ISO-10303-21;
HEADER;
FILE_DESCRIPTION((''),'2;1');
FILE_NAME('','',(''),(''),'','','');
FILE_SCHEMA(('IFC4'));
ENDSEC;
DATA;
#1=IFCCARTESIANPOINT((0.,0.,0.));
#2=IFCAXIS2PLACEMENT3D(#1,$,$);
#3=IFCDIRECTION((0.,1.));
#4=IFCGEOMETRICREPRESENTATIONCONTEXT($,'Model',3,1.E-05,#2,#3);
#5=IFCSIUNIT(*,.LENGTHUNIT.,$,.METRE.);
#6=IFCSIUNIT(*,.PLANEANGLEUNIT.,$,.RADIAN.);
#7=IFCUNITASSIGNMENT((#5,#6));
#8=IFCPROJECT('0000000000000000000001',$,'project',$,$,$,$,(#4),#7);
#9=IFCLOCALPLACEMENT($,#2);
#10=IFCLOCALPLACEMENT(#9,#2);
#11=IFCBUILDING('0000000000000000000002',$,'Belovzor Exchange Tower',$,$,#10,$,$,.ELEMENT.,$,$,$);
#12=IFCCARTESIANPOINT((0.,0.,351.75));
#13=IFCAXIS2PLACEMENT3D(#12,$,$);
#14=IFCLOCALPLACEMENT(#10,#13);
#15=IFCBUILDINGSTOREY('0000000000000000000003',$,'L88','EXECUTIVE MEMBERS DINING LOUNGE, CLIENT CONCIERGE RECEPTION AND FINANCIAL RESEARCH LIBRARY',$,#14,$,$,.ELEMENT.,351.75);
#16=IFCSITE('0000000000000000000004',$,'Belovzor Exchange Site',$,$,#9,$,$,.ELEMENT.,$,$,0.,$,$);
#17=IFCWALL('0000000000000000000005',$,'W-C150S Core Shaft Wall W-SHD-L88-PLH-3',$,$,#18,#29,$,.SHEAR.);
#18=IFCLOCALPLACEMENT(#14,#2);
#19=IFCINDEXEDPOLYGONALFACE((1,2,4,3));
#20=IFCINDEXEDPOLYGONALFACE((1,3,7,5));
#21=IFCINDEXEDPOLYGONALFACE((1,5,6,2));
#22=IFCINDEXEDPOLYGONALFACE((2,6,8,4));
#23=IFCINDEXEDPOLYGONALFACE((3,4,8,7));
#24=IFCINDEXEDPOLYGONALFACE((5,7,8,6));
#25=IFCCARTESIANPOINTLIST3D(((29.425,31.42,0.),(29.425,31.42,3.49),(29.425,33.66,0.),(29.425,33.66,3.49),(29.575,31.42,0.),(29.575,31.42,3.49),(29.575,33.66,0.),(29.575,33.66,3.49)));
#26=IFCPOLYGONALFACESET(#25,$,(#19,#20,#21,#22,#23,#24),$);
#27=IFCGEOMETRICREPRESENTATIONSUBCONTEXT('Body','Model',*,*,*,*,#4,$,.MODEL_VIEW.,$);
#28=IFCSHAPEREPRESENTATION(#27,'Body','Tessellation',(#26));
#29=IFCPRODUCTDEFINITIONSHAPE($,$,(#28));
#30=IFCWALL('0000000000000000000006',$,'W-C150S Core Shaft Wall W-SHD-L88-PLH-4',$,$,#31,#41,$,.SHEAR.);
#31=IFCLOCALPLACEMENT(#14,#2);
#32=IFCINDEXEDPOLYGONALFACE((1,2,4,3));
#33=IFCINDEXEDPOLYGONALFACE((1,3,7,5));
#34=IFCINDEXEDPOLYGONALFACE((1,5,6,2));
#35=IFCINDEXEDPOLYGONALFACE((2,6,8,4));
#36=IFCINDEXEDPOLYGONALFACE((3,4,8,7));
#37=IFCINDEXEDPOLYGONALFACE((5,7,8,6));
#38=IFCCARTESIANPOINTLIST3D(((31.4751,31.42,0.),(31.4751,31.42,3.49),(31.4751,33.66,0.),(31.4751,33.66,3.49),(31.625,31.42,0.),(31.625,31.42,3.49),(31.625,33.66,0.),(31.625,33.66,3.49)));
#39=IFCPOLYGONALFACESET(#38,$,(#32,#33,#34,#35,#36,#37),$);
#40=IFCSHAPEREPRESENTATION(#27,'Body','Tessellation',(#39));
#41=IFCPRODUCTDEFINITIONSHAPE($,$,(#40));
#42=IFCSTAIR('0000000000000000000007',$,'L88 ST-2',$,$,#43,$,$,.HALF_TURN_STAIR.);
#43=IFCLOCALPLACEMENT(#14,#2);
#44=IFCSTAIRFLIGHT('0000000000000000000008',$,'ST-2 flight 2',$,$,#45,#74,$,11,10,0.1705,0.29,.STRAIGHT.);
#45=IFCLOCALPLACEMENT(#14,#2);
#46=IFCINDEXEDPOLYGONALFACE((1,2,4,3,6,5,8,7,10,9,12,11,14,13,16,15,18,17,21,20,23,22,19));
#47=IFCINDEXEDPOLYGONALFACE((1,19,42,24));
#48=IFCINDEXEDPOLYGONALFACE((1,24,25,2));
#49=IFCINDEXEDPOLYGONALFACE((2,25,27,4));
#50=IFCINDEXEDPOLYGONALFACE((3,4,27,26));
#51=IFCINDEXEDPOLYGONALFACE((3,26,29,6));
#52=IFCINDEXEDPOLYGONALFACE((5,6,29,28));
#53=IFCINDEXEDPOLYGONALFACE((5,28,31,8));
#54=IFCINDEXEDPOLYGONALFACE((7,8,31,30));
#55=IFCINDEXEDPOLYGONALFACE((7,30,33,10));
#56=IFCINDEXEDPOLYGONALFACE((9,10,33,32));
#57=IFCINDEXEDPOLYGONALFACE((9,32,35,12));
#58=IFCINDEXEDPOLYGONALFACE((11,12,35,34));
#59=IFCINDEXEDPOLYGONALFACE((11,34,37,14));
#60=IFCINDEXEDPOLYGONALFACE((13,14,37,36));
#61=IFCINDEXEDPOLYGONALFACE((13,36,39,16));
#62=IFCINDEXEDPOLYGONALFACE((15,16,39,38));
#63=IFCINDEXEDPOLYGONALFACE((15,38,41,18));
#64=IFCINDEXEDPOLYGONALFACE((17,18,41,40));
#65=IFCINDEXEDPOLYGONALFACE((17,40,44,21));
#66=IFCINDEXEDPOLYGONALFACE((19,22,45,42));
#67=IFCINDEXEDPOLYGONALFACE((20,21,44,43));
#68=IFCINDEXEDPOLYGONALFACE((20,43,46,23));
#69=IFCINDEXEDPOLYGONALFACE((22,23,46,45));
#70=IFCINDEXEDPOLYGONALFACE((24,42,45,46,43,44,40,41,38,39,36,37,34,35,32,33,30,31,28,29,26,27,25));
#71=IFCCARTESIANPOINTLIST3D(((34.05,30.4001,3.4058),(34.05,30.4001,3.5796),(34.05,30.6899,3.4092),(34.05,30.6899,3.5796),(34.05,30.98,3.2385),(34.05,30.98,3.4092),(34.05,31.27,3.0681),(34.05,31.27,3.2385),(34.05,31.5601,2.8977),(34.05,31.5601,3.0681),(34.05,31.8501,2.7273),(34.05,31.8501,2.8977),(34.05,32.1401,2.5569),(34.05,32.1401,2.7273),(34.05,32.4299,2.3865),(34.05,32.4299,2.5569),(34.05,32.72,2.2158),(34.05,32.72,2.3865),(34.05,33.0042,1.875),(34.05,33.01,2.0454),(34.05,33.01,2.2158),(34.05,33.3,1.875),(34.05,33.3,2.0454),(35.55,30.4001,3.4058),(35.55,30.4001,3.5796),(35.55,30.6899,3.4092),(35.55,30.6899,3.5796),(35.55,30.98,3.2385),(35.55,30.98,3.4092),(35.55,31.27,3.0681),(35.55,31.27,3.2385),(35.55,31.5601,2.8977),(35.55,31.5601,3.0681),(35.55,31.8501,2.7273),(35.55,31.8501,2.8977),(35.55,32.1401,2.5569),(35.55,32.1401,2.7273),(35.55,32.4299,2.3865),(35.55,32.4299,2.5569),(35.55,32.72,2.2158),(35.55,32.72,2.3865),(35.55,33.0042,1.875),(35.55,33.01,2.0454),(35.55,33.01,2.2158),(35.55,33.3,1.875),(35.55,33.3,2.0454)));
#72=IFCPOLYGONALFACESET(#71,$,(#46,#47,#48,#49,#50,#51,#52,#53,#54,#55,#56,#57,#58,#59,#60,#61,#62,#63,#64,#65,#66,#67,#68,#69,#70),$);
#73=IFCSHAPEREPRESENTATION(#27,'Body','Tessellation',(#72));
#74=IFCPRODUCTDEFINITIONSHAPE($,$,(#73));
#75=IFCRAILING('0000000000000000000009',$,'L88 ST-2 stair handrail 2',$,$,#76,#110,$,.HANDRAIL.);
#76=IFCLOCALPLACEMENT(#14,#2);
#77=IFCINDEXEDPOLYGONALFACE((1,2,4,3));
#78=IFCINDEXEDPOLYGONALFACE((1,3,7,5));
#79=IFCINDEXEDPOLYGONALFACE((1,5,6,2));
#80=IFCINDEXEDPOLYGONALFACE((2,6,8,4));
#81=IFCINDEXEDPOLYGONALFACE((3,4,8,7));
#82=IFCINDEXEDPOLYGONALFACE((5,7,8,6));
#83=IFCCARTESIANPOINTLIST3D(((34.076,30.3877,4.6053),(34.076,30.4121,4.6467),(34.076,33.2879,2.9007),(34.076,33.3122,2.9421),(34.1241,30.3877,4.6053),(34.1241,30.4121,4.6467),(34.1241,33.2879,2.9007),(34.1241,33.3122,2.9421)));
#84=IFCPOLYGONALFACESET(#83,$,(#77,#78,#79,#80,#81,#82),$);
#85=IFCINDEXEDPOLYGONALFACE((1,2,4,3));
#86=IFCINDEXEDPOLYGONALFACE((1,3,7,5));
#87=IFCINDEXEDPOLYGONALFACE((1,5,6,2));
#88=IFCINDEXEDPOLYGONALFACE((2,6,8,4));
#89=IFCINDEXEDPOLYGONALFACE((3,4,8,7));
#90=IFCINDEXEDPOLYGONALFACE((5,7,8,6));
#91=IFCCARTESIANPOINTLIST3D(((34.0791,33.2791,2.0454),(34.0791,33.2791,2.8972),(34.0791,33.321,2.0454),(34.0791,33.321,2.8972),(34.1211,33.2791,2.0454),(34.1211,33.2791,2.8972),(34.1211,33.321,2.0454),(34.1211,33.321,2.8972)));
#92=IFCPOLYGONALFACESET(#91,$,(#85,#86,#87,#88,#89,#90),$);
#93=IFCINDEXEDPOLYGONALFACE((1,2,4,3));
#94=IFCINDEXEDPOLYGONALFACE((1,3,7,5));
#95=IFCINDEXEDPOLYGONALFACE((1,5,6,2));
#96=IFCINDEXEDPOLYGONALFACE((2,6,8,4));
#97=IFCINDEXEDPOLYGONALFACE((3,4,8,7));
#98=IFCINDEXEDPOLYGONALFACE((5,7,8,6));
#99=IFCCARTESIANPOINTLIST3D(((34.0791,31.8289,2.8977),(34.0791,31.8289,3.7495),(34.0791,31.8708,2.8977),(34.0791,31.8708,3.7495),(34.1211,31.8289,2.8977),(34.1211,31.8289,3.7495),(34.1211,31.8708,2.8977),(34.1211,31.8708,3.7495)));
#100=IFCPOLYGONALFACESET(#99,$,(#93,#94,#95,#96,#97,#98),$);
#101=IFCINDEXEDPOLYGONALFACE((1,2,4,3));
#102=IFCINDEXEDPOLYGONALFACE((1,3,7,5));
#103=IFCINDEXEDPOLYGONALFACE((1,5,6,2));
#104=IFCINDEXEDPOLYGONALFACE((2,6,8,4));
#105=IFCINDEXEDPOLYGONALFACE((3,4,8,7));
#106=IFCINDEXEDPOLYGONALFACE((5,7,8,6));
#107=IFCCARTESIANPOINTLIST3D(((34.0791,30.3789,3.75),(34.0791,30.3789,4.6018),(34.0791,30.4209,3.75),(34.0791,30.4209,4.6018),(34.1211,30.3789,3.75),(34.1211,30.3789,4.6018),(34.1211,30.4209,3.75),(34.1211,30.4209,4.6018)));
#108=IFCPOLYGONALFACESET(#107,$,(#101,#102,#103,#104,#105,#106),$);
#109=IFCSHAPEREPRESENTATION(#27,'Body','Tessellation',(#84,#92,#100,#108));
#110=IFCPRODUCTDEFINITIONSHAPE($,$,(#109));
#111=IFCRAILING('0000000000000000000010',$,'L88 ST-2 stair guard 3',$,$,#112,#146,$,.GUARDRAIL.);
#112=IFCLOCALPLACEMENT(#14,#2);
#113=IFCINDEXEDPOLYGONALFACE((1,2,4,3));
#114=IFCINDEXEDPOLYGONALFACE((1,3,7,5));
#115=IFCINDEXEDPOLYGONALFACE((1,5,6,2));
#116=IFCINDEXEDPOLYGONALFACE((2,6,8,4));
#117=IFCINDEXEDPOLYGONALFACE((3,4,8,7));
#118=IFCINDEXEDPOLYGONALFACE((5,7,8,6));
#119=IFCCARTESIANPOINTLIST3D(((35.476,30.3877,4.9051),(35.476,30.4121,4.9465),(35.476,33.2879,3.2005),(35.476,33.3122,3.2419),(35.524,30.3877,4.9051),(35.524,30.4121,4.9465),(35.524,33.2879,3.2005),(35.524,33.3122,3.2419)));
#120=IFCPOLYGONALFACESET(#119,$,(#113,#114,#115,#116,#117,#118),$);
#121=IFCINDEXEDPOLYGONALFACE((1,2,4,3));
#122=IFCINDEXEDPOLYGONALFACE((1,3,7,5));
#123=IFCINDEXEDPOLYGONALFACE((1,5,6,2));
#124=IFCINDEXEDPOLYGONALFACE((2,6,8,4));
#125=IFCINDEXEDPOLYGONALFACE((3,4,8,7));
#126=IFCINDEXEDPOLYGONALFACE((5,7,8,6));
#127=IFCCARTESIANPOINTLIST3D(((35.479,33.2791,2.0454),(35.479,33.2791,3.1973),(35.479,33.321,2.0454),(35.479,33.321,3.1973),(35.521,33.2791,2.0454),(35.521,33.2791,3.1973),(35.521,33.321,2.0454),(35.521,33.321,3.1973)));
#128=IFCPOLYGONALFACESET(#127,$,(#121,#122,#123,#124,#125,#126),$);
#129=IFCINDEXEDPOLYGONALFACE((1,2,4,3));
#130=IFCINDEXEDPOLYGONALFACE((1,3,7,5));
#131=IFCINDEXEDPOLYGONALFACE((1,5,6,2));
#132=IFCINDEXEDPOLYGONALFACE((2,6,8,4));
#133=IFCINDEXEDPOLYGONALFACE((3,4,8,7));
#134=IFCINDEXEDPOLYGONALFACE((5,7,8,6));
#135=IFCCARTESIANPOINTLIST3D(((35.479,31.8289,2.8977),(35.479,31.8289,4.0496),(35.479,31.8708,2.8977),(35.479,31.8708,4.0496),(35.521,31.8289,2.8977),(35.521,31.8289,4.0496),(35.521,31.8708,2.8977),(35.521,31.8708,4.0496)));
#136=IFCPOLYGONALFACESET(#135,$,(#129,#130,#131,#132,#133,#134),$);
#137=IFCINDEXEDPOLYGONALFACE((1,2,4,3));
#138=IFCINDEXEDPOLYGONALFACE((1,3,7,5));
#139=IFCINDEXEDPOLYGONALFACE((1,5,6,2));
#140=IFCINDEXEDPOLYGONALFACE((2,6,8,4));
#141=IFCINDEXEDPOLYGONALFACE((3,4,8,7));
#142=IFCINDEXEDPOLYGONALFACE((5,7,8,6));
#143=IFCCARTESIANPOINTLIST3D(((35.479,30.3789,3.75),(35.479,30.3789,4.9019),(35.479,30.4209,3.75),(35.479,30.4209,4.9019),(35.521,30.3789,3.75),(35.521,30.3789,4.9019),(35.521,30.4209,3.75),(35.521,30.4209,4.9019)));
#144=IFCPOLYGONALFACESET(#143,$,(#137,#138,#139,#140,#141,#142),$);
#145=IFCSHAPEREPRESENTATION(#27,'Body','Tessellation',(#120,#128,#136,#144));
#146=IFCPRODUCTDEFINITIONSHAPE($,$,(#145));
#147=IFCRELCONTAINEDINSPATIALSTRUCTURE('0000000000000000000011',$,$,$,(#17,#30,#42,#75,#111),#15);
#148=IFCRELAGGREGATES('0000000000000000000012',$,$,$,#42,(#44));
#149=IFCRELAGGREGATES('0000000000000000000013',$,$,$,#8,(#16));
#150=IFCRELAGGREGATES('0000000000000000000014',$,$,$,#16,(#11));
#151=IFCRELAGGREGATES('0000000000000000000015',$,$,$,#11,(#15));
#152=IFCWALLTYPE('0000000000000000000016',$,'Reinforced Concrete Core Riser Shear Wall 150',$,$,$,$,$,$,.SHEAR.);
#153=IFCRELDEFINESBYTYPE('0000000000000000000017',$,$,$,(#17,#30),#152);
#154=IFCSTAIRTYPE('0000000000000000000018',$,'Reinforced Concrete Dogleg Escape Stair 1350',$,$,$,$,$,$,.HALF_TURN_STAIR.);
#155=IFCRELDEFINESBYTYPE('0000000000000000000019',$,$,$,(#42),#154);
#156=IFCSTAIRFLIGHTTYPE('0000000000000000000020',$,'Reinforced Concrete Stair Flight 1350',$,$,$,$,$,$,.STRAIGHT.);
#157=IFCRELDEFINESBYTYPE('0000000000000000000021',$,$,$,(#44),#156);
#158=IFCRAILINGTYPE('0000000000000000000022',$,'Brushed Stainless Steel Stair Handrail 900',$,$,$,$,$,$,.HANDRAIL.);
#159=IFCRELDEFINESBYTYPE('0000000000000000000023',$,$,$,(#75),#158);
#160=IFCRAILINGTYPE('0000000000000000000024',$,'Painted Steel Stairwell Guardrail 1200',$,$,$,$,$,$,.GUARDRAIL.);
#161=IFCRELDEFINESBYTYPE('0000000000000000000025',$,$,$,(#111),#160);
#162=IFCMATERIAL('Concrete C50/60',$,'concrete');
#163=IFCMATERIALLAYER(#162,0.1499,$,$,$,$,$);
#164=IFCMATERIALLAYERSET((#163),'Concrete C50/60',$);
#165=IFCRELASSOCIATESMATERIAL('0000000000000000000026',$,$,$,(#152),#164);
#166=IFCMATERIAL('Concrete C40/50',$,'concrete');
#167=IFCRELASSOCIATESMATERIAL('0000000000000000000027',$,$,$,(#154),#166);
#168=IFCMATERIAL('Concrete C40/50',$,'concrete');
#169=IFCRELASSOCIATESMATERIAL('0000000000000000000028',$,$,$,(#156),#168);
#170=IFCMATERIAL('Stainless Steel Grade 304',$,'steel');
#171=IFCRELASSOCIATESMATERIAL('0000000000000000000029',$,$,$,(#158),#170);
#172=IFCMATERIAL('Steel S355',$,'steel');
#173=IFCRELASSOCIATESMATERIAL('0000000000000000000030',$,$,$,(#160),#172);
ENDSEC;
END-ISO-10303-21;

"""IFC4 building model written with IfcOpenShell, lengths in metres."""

from ifc_helpers import new_model, si_unit, direction, frame, frame_2d, origin, origin_2d, place, context, subcontext, project, spatial, polyline, rectangle, outline, extrude, material, layer, layer_set, type_object, element, aggregate, save


model = new_model("IFC4")

# Units and contexts
model_context = context("Model", 3, precision=1e-05, world=origin(), true_north=direction((0.0, 1.0)))
body_context = subcontext(model_context, "Body", "Model", "MODEL_VIEW")
ifc_project = project(units=[si_unit("LENGTHUNIT", "METRE"), si_unit("PLANEANGLEUNIT", "RADIAN")], contexts=[model_context])

# Site, building, storey
site_placement = place(None, origin())
site = spatial("IfcSite", under=ifc_project, at=site_placement, Name="Belovzor Exchange Site", CompositionType="ELEMENT", RefElevation=0.0)
building_placement = place(site_placement, origin())
building = spatial("IfcBuilding", under=site, at=building_placement, Name="Belovzor Exchange Tower", CompositionType="ELEMENT")
storey_placement = place(building_placement, frame((0.0, 0.0, 351.75)))
storey = spatial("IfcBuildingStorey", under=building, at=storey_placement, Name="L88", Description="EXECUTIVE MEMBERS DINING LOUNGE, CLIENT CONCIERGE RECEPTION AND FINANCIAL RESEARCH LIBRARY", CompositionType="ELEMENT", Elevation=351.75)

# Walls
ifc_material_1 = material(Name="Concrete C50/60", Category="concrete")
ifc_layer_1 = layer(ifc_material_1, 0.1499)
ifc_layer_set_1 = layer_set([ifc_layer_1], Name="Concrete C50/60")
wall_type_1 = type_object("IfcWallType", Name="Reinforced Concrete Core Riser Shear Wall 150", PredefinedType="SHEAR", material=ifc_layer_set_1)
for number, where, z_axis, x_axis, name in (
    (1, (29.5, 31.4199, 0.0), (0.0, 0.0, 1.0), (0.0, 1.0, 0.0), "W-C150S Core Shaft Wall W-SHD-L88-PLH-3"),
    (2, (31.55, 31.4199, 0.0), (0.0, 0.0, 1.0), (0.0, 1.0, 0.0), "W-C150S Core Shaft Wall W-SHD-L88-PLH-4"),
):
    element("IfcWall", number, at=place(storey_placement, frame(where, z_axis=z_axis, x_axis=x_axis)), inside=storey, type_object=wall_type_1, Name=name, PredefinedType="SHEAR", context=body_context, shape_type="SweptSolid", body=[
        extrude(rectangle(XDim=2.24, YDim=0.1499, at=frame_2d((1.1201, 0.0))), origin(), (0.0, 0.0, 1.0), 3.49),
    ])

# Stair, stair flight
ifc_material_2 = material(Name="Concrete C40/50", Category="concrete")
stair_type = type_object("IfcStairType", Name="Reinforced Concrete Dogleg Escape Stair 1350", PredefinedType="HALF_TURN_STAIR", material=ifc_material_2)
stair_placement = place(storey_placement, origin())
stair = element("IfcStair", 3, at=stair_placement, inside=storey, type_object=stair_type, Name="L88 ST-2", PredefinedType="HALF_TURN_STAIR")
ifc_material_3 = material(Name="Concrete C40/50", Category="concrete")
stair_flight_type = type_object("IfcStairFlightType", Name="Reinforced Concrete Stair Flight 1350", PredefinedType="STRAIGHT", material=ifc_material_3)
stair_flight_placement = place(storey_placement, frame((34.8, 33.3, 1.875), z_axis=(0.0, 0.0, 1.0), x_axis=(0.0, -1.0, 0.0)))
stair_flight = element("IfcStairFlight", 4, at=stair_flight_placement, type_object=stair_flight_type, Name="ST-2 flight 2", NumberOfRisers=11, NumberOfTreads=10, PredefinedType="STRAIGHT", RiserHeight=0.1705, TreadLength=0.29, context=body_context, shape_type="SweptSolid", body=[
    extrude(outline(polyline([(0.0, 0.0), (0.0, 0.1704), (0.29, 0.1704), (0.29, 0.3408), (0.5801, 0.3408), (0.5801, 0.5115), (0.8701, 0.5115), (0.8701, 0.6819), (1.1599, 0.6819), (1.1599, 0.8523), (1.45, 0.8523), (1.45, 1.0227), (1.74, 1.0227), (1.74, 1.1931), (2.03, 1.1931), (2.03, 1.3635), (2.3201, 1.3635), (2.3201, 1.5342), (2.6101, 1.5342), (2.6101, 1.7046), (2.8999, 1.7046), (2.8999, 1.875), (2.8999, 1.5308), (0.2959, 0.0), (0.0, 0.0)])), frame((0.0, 0.75, 0.0), z_axis=(0.0, -1.0, 0.0), x_axis=(1.0, 0.0, 0.0)), (0.0, 0.0, 1.0), 1.5),
])
aggregate(stair, [stair_flight])

# Railings
ifc_material_4 = material(Name="Stainless Steel Grade 304", Category="steel")
railing_type_1 = type_object("IfcRailingType", Name="Brushed Stainless Steel Stair Handrail 900", PredefinedType="HANDRAIL", material=ifc_material_4)
railing_1_placement = place(storey_placement, frame((34.1001, 33.3, 2.0454)))
element("IfcRailing", 5, at=railing_1_placement, inside=storey, type_object=railing_type_1, Name="L88 ST-2 stair handrail 2", PredefinedType="HANDRAIL", context=body_context, shape_type="SweptSolid", body=[
    extrude(rectangle(XDim=0.0481, YDim=0.0481, at=origin_2d()), frame((0.0, 0.0, 0.876), z_axis=(0.0, -0.862113, 0.506716), x_axis=(1.0, 0.0, 0.0)), (0.0, 0.0, 1.0), 3.364),
    extrude(rectangle(XDim=0.042, YDim=0.042, at=origin_2d()), origin(), (0.0, 0.0, 1.0), 0.8518),
    extrude(rectangle(XDim=0.042, YDim=0.042, at=origin_2d()), frame((0.0, -1.4502, 0.8523)), (0.0, 0.0, 1.0), 0.8518),
    extrude(rectangle(XDim=0.042, YDim=0.042, at=origin_2d()), frame((0.0, -2.9001, 1.7046)), (0.0, 0.0, 1.0), 0.8518),
])
ifc_material_5 = material(Name="Steel S355", Category="steel")
railing_type_2 = type_object("IfcRailingType", Name="Painted Steel Stairwell Guardrail 1200", PredefinedType="GUARDRAIL", material=ifc_material_5)
railing_2_placement = place(storey_placement, frame((35.5, 33.3, 2.0454)))
element("IfcRailing", 6, at=railing_2_placement, inside=storey, type_object=railing_type_2, Name="L88 ST-2 stair guard 3", PredefinedType="GUARDRAIL", context=body_context, shape_type="SweptSolid", body=[
    extrude(rectangle(XDim=0.0481, YDim=0.0481, at=origin_2d()), frame((0.0, 0.0, 1.1758), z_axis=(0.0, -0.862113, 0.506716), x_axis=(1.0, 0.0, 0.0)), (0.0, 0.0, 1.0), 3.364),
    extrude(rectangle(XDim=0.042, YDim=0.042, at=origin_2d()), origin(), (0.0, 0.0, 1.0), 1.1519),
    extrude(rectangle(XDim=0.042, YDim=0.042, at=origin_2d()), frame((0.0, -1.4502, 0.8523)), (0.0, 0.0, 1.0), 1.1519),
    extrude(rectangle(XDim=0.042, YDim=0.042, at=origin_2d()), frame((0.0, -2.9001, 1.7046)), (0.0, 0.0, 1.0), 1.1519),
])

save(model, "model.ifc")
